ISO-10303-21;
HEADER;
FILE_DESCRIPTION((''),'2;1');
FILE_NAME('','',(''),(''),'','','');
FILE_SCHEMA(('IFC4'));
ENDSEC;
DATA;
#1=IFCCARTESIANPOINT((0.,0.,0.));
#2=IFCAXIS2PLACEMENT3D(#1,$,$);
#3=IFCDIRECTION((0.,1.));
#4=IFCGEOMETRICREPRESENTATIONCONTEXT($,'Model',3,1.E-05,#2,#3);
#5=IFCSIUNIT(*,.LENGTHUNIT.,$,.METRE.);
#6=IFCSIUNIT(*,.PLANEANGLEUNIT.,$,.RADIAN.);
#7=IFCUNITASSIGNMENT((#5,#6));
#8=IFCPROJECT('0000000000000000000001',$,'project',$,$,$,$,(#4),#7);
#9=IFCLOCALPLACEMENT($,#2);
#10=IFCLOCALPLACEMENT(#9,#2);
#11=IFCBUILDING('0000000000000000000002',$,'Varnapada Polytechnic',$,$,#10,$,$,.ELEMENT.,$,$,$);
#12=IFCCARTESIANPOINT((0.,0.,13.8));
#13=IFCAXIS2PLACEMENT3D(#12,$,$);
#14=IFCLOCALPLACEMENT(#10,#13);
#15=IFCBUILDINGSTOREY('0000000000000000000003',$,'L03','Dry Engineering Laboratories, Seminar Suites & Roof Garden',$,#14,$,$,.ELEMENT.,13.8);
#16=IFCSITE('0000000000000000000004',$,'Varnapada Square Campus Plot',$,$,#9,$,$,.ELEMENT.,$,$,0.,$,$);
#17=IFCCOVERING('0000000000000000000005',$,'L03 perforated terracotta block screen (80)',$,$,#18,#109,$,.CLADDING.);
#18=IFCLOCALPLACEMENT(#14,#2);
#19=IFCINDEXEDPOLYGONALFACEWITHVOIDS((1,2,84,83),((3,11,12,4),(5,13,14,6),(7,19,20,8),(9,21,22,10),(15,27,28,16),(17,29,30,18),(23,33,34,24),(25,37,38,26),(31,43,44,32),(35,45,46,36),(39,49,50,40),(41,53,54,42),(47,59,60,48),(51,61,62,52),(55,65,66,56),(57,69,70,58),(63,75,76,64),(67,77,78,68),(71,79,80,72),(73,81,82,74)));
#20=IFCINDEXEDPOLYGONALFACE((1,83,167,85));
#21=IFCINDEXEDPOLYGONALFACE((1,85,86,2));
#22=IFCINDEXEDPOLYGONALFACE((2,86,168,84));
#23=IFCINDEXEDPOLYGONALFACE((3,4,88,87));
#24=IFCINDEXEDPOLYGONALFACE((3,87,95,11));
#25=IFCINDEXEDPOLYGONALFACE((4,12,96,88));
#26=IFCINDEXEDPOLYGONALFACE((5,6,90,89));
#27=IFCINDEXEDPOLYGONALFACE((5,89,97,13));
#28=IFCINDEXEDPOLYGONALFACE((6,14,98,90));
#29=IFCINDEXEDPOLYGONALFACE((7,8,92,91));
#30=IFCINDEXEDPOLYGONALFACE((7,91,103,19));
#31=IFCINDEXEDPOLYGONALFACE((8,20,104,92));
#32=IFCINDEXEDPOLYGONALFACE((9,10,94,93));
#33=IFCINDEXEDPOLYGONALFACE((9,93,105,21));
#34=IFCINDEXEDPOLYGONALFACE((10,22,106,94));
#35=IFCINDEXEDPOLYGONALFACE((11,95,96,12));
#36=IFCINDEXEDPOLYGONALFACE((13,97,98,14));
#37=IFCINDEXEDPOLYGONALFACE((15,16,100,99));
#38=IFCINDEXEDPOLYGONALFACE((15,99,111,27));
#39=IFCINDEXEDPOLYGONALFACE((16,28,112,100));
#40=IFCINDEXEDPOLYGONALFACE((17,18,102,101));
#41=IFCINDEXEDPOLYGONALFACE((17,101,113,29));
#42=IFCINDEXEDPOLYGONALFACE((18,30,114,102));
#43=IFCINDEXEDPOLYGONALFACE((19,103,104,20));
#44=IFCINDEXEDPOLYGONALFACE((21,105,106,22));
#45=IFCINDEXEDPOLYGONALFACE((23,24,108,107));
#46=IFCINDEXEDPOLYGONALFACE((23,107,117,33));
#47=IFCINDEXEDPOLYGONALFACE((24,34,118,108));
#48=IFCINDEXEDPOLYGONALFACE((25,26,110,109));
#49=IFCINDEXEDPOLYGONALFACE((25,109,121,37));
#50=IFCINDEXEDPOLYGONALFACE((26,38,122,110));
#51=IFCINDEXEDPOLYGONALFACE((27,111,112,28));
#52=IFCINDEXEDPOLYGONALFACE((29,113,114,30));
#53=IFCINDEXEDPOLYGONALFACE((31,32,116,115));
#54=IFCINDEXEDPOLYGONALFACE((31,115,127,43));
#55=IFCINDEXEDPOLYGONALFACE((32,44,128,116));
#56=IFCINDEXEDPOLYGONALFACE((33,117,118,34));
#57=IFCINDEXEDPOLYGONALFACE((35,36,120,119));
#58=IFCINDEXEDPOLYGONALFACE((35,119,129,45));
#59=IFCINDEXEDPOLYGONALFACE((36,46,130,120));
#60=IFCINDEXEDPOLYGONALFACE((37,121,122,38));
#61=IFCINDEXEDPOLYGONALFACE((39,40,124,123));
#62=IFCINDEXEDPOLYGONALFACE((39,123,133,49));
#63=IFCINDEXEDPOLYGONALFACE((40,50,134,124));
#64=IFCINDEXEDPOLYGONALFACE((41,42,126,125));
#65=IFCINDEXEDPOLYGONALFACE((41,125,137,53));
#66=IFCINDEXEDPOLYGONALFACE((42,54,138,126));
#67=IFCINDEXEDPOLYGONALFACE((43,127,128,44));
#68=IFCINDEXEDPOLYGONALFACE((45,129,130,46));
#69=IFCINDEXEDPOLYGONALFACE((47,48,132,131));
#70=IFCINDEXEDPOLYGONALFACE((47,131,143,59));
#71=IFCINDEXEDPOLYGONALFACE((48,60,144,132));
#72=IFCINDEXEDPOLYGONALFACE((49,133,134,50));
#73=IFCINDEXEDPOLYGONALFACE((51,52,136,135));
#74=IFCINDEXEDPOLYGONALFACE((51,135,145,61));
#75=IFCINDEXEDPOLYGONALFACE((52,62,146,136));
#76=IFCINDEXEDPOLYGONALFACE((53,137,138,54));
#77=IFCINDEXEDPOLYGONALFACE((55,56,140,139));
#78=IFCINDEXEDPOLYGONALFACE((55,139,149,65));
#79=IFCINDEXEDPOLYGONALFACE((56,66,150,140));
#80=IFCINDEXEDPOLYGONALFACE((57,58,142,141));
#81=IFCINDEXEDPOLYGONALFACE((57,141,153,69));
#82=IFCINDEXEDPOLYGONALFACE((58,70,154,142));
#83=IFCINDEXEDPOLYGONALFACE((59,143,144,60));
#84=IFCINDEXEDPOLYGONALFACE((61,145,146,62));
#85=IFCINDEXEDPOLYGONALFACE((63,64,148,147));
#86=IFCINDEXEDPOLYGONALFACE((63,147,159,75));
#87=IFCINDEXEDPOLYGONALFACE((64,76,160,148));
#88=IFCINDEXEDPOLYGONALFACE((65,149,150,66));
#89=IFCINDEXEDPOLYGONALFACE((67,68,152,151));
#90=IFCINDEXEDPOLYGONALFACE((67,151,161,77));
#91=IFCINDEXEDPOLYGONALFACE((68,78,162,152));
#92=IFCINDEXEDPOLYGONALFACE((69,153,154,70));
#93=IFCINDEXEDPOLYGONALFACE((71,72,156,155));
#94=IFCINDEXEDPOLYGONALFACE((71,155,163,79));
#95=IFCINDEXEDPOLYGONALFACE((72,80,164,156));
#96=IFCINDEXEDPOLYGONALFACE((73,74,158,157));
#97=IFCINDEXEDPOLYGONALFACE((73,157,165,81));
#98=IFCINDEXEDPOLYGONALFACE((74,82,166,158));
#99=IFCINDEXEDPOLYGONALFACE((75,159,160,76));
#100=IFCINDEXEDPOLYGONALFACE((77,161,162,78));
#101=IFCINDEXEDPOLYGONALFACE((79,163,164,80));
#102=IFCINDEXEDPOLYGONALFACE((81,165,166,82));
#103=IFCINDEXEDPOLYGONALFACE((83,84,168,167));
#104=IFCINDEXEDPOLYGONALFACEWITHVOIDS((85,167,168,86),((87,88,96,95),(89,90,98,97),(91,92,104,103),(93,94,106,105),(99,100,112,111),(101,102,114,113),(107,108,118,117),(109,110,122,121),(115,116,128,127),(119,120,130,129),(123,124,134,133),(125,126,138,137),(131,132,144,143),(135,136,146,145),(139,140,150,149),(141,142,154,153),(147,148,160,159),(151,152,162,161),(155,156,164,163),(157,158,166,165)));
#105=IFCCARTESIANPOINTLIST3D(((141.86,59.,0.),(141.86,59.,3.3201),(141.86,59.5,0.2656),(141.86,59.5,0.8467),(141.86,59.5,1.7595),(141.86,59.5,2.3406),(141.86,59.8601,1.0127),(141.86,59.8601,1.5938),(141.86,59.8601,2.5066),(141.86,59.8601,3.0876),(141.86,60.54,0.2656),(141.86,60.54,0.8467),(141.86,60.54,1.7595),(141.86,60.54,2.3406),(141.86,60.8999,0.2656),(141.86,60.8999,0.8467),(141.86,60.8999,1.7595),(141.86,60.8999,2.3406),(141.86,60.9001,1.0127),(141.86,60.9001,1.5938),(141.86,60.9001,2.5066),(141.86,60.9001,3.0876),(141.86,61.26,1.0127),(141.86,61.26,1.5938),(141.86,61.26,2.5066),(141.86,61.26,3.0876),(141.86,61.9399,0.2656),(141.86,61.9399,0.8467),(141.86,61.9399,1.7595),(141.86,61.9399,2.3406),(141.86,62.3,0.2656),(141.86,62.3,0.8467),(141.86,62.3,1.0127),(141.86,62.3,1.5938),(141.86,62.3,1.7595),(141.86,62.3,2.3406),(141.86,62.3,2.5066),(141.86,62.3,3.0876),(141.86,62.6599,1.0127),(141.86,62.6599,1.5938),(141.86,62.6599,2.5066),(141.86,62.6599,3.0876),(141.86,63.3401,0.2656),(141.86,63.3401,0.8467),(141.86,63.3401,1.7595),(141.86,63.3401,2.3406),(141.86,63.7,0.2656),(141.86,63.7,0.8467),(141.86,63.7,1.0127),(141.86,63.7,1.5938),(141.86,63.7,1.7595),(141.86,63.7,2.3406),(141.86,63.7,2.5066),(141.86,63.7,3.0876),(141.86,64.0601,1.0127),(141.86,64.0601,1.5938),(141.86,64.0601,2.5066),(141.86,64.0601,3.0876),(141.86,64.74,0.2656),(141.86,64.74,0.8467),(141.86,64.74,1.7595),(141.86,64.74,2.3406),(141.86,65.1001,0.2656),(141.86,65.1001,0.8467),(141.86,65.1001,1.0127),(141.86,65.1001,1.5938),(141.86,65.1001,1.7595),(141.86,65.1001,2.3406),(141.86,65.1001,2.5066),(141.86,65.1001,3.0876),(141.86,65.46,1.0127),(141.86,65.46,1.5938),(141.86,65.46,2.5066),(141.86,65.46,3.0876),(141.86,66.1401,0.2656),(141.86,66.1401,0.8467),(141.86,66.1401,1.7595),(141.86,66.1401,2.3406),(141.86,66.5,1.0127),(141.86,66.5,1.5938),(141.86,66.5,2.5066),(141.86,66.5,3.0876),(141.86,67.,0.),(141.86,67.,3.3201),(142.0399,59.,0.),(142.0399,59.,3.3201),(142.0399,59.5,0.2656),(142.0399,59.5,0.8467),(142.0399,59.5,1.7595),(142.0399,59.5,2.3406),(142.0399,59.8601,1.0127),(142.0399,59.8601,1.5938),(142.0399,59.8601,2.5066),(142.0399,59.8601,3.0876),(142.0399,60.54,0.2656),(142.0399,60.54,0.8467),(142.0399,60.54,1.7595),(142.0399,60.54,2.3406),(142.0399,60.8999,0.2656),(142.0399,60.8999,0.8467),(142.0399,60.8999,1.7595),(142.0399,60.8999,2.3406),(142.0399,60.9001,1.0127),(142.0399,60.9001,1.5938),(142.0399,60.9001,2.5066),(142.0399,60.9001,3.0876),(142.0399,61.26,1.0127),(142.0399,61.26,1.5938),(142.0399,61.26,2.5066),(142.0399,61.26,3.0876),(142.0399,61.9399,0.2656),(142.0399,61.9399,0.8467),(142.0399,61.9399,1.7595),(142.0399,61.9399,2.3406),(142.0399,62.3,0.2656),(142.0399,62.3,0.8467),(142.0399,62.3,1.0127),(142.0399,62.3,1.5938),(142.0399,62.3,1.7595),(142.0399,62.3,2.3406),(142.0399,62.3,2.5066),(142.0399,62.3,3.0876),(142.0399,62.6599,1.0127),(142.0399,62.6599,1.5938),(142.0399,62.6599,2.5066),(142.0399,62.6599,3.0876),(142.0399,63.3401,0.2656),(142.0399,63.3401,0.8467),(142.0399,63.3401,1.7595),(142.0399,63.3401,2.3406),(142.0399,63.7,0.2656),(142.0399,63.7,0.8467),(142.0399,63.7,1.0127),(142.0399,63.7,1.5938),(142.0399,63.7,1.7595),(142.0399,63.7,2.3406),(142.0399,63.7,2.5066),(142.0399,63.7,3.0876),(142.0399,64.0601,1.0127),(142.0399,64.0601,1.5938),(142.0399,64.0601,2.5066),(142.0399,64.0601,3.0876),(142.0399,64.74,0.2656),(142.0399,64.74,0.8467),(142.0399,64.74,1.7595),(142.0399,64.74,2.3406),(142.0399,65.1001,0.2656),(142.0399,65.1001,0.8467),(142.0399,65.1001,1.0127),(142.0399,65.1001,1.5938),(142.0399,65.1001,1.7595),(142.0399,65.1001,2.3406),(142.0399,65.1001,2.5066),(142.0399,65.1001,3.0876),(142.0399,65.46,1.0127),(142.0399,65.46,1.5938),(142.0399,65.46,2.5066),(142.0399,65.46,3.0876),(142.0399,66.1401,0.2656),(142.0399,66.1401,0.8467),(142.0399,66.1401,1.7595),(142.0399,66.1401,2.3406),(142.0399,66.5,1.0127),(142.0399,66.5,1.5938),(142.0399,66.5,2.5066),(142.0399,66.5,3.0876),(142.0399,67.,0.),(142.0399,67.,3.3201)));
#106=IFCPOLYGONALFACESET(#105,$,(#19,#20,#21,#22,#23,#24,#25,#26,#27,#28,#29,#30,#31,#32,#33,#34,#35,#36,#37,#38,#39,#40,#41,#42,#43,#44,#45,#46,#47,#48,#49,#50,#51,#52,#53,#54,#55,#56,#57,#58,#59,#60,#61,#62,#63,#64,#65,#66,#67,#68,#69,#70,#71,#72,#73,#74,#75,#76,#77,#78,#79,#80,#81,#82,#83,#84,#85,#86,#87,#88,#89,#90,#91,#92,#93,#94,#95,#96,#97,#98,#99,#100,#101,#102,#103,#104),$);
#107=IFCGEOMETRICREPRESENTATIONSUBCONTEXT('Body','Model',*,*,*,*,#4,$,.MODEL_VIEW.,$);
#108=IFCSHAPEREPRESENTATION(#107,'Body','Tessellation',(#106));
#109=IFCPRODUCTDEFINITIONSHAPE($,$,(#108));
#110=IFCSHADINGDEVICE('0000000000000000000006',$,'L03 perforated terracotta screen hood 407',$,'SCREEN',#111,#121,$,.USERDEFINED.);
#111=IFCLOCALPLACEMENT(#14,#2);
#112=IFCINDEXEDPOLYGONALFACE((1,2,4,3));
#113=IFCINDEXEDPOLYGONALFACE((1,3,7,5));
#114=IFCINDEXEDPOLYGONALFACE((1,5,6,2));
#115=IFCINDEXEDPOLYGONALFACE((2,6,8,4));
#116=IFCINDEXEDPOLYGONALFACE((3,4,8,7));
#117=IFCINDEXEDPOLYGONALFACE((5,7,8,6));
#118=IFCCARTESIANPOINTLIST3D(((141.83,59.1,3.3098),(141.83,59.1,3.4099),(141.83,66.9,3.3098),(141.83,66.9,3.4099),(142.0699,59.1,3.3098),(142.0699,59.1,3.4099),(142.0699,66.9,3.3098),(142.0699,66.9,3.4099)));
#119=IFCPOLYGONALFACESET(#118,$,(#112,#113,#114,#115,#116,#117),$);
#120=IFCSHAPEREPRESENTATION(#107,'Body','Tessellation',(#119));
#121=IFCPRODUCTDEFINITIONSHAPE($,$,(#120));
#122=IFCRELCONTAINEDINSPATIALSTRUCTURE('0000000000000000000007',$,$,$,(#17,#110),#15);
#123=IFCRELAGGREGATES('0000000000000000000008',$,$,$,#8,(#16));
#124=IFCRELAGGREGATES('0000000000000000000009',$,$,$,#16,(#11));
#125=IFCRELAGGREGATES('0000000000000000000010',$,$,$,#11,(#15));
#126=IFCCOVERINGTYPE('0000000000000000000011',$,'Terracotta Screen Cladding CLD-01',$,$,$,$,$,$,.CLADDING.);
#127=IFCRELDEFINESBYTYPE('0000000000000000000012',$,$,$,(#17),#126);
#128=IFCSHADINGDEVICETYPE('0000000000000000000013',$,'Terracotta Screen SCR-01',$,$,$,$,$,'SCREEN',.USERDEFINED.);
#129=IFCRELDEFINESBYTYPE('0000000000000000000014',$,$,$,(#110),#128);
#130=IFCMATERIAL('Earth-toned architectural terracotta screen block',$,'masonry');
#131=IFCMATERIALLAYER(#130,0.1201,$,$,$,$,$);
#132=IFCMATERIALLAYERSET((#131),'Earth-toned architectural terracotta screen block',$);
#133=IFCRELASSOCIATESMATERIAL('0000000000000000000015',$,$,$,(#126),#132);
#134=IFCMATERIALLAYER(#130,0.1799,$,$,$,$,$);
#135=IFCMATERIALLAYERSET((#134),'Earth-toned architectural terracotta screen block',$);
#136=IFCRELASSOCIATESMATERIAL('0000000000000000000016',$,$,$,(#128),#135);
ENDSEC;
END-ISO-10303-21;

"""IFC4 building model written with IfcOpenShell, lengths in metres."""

from ifc_helpers import new_model, si_unit, direction, frame, frame_2d, origin, origin_2d, place, context, subcontext, project, spatial, rectangle, extrude, material, layer, layer_set, type_object, element, save


model = new_model("IFC4")

# Units and contexts
model_context = context("Model", 3, precision=1e-05, world=origin(), true_north=direction((0.0, 1.0)))
body_context = subcontext(model_context, "Body", "Model", "MODEL_VIEW")
ifc_project = project(units=[si_unit("LENGTHUNIT", "METRE"), si_unit("PLANEANGLEUNIT", "RADIAN")], contexts=[model_context])

# Site, building, storey
site_placement = place(None, origin())
site = spatial("IfcSite", under=ifc_project, at=site_placement, Name="Varnapada Square Campus Plot", CompositionType="ELEMENT", RefElevation=0.0)
building_placement = place(site_placement, origin())
building = spatial("IfcBuilding", under=site, at=building_placement, Name="Varnapada Polytechnic", CompositionType="ELEMENT")
storey_placement = place(building_placement, frame((0.0, 0.0, 13.8)))
storey = spatial("IfcBuildingStorey", under=building, at=storey_placement, Name="L03", Description="Dry Engineering Laboratories, Seminar Suites & Roof Garden", CompositionType="ELEMENT", Elevation=13.8)

# Covering, openings
ifc_material_1 = material(Name="Earth-toned architectural terracotta screen block", Category="masonry")
ifc_layer_1 = layer(ifc_material_1, 0.1201)
ifc_layer_set_1 = layer_set([ifc_layer_1], Name="Earth-toned architectural terracotta screen block")
covering_type_1 = type_object("IfcCoveringType", Name="Terracotta Screen Cladding CLD-01", PredefinedType="CLADDING", material=ifc_layer_set_1)
covering_1_placement = place(storey_placement, frame((141.95, 59.0, 0.0), z_axis=(0.0, 0.0, 1.0), x_axis=(0.0, 1.0, 0.0)))
covering_1 = element("IfcCovering", 1, at=covering_1_placement, inside=storey, type_object=covering_type_1, Name="L03 perforated terracotta block screen (80)", PredefinedType="CLADDING", context=body_context, shape_type="SweptSolid", body=[
    extrude(rectangle(XDim=8.0, YDim=0.1799, at=frame_2d((4.0, 0.0))), origin(), (0.0, 0.0, 1.0), 3.3201),
])
opening_1_placement = place(covering_1_placement, frame((0.5, 0.0, 0.2656)))
element("IfcOpeningElement", 2, at=opening_1_placement, cuts=covering_1, PredefinedType="OPENING", context=body_context, shape_type="SweptSolid", body=[
    extrude(rectangle(XDim=1.04, YDim=0.5811, at=frame_2d((0.52, 0.2905))), frame((0.0, 0.0999, 0.0), z_axis=(0.0, -1.0, 0.0), x_axis=(1.0, 0.0, 0.0)), (0.0, 0.0, 1.0), 0.2),
])
opening_2_placement = place(covering_1_placement, frame((1.8999, 0.0, 0.2656)))
element("IfcOpeningElement", 3, at=opening_2_placement, cuts=covering_1, PredefinedType="OPENING", context=body_context, shape_type="SweptSolid", body=[
    extrude(rectangle(XDim=1.04, YDim=0.5811, at=frame_2d((0.52, 0.2905))), frame((0.0, 0.0999, 0.0), z_axis=(0.0, -1.0, 0.0), x_axis=(1.0, 0.0, 0.0)), (0.0, 0.0, 1.0), 0.2),
])
opening_3_placement = place(covering_1_placement, frame((3.3, 0.0, 0.2656)))
element("IfcOpeningElement", 4, at=opening_3_placement, cuts=covering_1, PredefinedType="OPENING", context=body_context, shape_type="SweptSolid", body=[
    extrude(rectangle(XDim=1.04, YDim=0.5811, at=frame_2d((0.52, 0.2905))), frame((0.0, 0.0999, 0.0), z_axis=(0.0, -1.0, 0.0), x_axis=(1.0, 0.0, 0.0)), (0.0, 0.0, 1.0), 0.2),
])
opening_4_placement = place(covering_1_placement, frame((4.7, 0.0, 0.2656)))
element("IfcOpeningElement", 5, at=opening_4_placement, cuts=covering_1, PredefinedType="OPENING", context=body_context, shape_type="SweptSolid", body=[
    extrude(rectangle(XDim=1.04, YDim=0.5811, at=frame_2d((0.52, 0.2905))), frame((0.0, 0.0999, 0.0), z_axis=(0.0, -1.0, 0.0), x_axis=(1.0, 0.0, 0.0)), (0.0, 0.0, 1.0), 0.2),
])
opening_5_placement = place(covering_1_placement, frame((6.1001, 0.0, 0.2656)))
element("IfcOpeningElement", 6, at=opening_5_placement, cuts=covering_1, PredefinedType="OPENING", context=body_context, shape_type="SweptSolid", body=[
    extrude(rectangle(XDim=1.04, YDim=0.5811, at=frame_2d((0.52, 0.2905))), frame((0.0, 0.0999, 0.0), z_axis=(0.0, -1.0, 0.0), x_axis=(1.0, 0.0, 0.0)), (0.0, 0.0, 1.0), 0.2),
])
opening_6_placement = place(covering_1_placement, frame((0.8601, 0.0, 1.0127)))
element("IfcOpeningElement", 7, at=opening_6_placement, cuts=covering_1, PredefinedType="OPENING", context=body_context, shape_type="SweptSolid", body=[
    extrude(rectangle(XDim=1.04, YDim=0.5811, at=frame_2d((0.52, 0.2905))), frame((0.0, 0.0999, 0.0), z_axis=(0.0, -1.0, 0.0), x_axis=(1.0, 0.0, 0.0)), (0.0, 0.0, 1.0), 0.2),
])
opening_7_placement = place(covering_1_placement, frame((2.26, 0.0, 1.0127)))
element("IfcOpeningElement", 8, at=opening_7_placement, cuts=covering_1, PredefinedType="OPENING", context=body_context, shape_type="SweptSolid", body=[
    extrude(rectangle(XDim=1.04, YDim=0.5811, at=frame_2d((0.52, 0.2905))), frame((0.0, 0.0999, 0.0), z_axis=(0.0, -1.0, 0.0), x_axis=(1.0, 0.0, 0.0)), (0.0, 0.0, 1.0), 0.2),
])
opening_8_placement = place(covering_1_placement, frame((3.6599, 0.0, 1.0127)))
element("IfcOpeningElement", 9, at=opening_8_placement, cuts=covering_1, PredefinedType="OPENING", context=body_context, shape_type="SweptSolid", body=[
    extrude(rectangle(XDim=1.04, YDim=0.5811, at=frame_2d((0.52, 0.2905))), frame((0.0, 0.0999, 0.0), z_axis=(0.0, -1.0, 0.0), x_axis=(1.0, 0.0, 0.0)), (0.0, 0.0, 1.0), 0.2),
])
opening_9_placement = place(covering_1_placement, frame((5.0601, 0.0, 1.0127)))
element("IfcOpeningElement", 10, at=opening_9_placement, cuts=covering_1, PredefinedType="OPENING", context=body_context, shape_type="SweptSolid", body=[
    extrude(rectangle(XDim=1.04, YDim=0.5811, at=frame_2d((0.52, 0.2905))), frame((0.0, 0.0999, 0.0), z_axis=(0.0, -1.0, 0.0), x_axis=(1.0, 0.0, 0.0)), (0.0, 0.0, 1.0), 0.2),
])
opening_10_placement = place(covering_1_placement, frame((6.46, 0.0, 1.0127)))
element("IfcOpeningElement", 11, at=opening_10_placement, cuts=covering_1, PredefinedType="OPENING", context=body_context, shape_type="SweptSolid", body=[
    extrude(rectangle(XDim=1.04, YDim=0.5811, at=frame_2d((0.52, 0.2905))), frame((0.0, 0.0999, 0.0), z_axis=(0.0, -1.0, 0.0), x_axis=(1.0, 0.0, 0.0)), (0.0, 0.0, 1.0), 0.2),
])
opening_11_placement = place(covering_1_placement, frame((0.5, 0.0, 1.7595)))
element("IfcOpeningElement", 12, at=opening_11_placement, cuts=covering_1, PredefinedType="OPENING", context=body_context, shape_type="SweptSolid", body=[
    extrude(rectangle(XDim=1.04, YDim=0.5811, at=frame_2d((0.52, 0.2905))), frame((0.0, 0.0999, 0.0), z_axis=(0.0, -1.0, 0.0), x_axis=(1.0, 0.0, 0.0)), (0.0, 0.0, 1.0), 0.2),
])
opening_12_placement = place(covering_1_placement, frame((1.8999, 0.0, 1.7595)))
element("IfcOpeningElement", 13, at=opening_12_placement, cuts=covering_1, PredefinedType="OPENING", context=body_context, shape_type="SweptSolid", body=[
    extrude(rectangle(XDim=1.04, YDim=0.5811, at=frame_2d((0.52, 0.2905))), frame((0.0, 0.0999, 0.0), z_axis=(0.0, -1.0, 0.0), x_axis=(1.0, 0.0, 0.0)), (0.0, 0.0, 1.0), 0.2),
])
opening_13_placement = place(covering_1_placement, frame((3.3, 0.0, 1.7595)))
element("IfcOpeningElement", 14, at=opening_13_placement, cuts=covering_1, PredefinedType="OPENING", context=body_context, shape_type="SweptSolid", body=[
    extrude(rectangle(XDim=1.04, YDim=0.5811, at=frame_2d((0.52, 0.2905))), frame((0.0, 0.0999, 0.0), z_axis=(0.0, -1.0, 0.0), x_axis=(1.0, 0.0, 0.0)), (0.0, 0.0, 1.0), 0.2),
])
opening_14_placement = place(covering_1_placement, frame((4.7, 0.0, 1.7595)))
element("IfcOpeningElement", 15, at=opening_14_placement, cuts=covering_1, PredefinedType="OPENING", context=body_context, shape_type="SweptSolid", body=[
    extrude(rectangle(XDim=1.04, YDim=0.5811, at=frame_2d((0.52, 0.2905))), frame((0.0, 0.0999, 0.0), z_axis=(0.0, -1.0, 0.0), x_axis=(1.0, 0.0, 0.0)), (0.0, 0.0, 1.0), 0.2),
])
opening_15_placement = place(covering_1_placement, frame((6.1001, 0.0, 1.7595)))
element("IfcOpeningElement", 16, at=opening_15_placement, cuts=covering_1, PredefinedType="OPENING", context=body_context, shape_type="SweptSolid", body=[
    extrude(rectangle(XDim=1.04, YDim=0.5811, at=frame_2d((0.52, 0.2905))), frame((0.0, 0.0999, 0.0), z_axis=(0.0, -1.0, 0.0), x_axis=(1.0, 0.0, 0.0)), (0.0, 0.0, 1.0), 0.2),
])
opening_16_placement = place(covering_1_placement, frame((0.8601, 0.0, 2.5066)))
element("IfcOpeningElement", 17, at=opening_16_placement, cuts=covering_1, PredefinedType="OPENING", context=body_context, shape_type="SweptSolid", body=[
    extrude(rectangle(XDim=1.04, YDim=0.5811, at=frame_2d((0.52, 0.2905))), frame((0.0, 0.0999, 0.0), z_axis=(0.0, -1.0, 0.0), x_axis=(1.0, 0.0, 0.0)), (0.0, 0.0, 1.0), 0.2),
])
opening_17_placement = place(covering_1_placement, frame((2.26, 0.0, 2.5066)))
element("IfcOpeningElement", 18, at=opening_17_placement, cuts=covering_1, PredefinedType="OPENING", context=body_context, shape_type="SweptSolid", body=[
    extrude(rectangle(XDim=1.04, YDim=0.5811, at=frame_2d((0.52, 0.2905))), frame((0.0, 0.0999, 0.0), z_axis=(0.0, -1.0, 0.0), x_axis=(1.0, 0.0, 0.0)), (0.0, 0.0, 1.0), 0.2),
])
opening_18_placement = place(covering_1_placement, frame((3.6599, 0.0, 2.5066)))
element("IfcOpeningElement", 19, at=opening_18_placement, cuts=covering_1, PredefinedType="OPENING", context=body_context, shape_type="SweptSolid", body=[
    extrude(rectangle(XDim=1.04, YDim=0.5811, at=frame_2d((0.52, 0.2905))), frame((0.0, 0.0999, 0.0), z_axis=(0.0, -1.0, 0.0), x_axis=(1.0, 0.0, 0.0)), (0.0, 0.0, 1.0), 0.2),
])
opening_19_placement = place(covering_1_placement, frame((5.0601, 0.0, 2.5066)))
element("IfcOpeningElement", 20, at=opening_19_placement, cuts=covering_1, PredefinedType="OPENING", context=body_context, shape_type="SweptSolid", body=[
    extrude(rectangle(XDim=1.04, YDim=0.5811, at=frame_2d((0.52, 0.2905))), frame((0.0, 0.0999, 0.0), z_axis=(0.0, -1.0, 0.0), x_axis=(1.0, 0.0, 0.0)), (0.0, 0.0, 1.0), 0.2),
])
opening_20_placement = place(covering_1_placement, frame((6.46, 0.0, 2.5066)))
element("IfcOpeningElement", 21, at=opening_20_placement, cuts=covering_1, PredefinedType="OPENING", context=body_context, shape_type="SweptSolid", body=[
    extrude(rectangle(XDim=1.04, YDim=0.5811, at=frame_2d((0.52, 0.2905))), frame((0.0, 0.0999, 0.0), z_axis=(0.0, -1.0, 0.0), x_axis=(1.0, 0.0, 0.0)), (0.0, 0.0, 1.0), 0.2),
])

# Shading device
ifc_layer_2 = layer(ifc_material_1, 0.1799)
ifc_layer_set_2 = layer_set([ifc_layer_2], Name="Earth-toned architectural terracotta screen block")
shading_device_type = type_object("IfcShadingDeviceType", Name="Terracotta Screen SCR-01", ElementType="SCREEN", PredefinedType="USERDEFINED", material=ifc_layer_set_2)
shading_device_placement = place(storey_placement, frame((141.95, 63.0, 3.3098), z_axis=(0.0, 0.0, 1.0), x_axis=(0.0, 1.0, 0.0)))
element("IfcShadingDevice", 22, at=shading_device_placement, inside=storey, type_object=shading_device_type, Name="L03 perforated terracotta screen hood 407", ObjectType="SCREEN", PredefinedType="USERDEFINED", context=body_context, shape_type="SweptSolid", body=[
    extrude(rectangle(XDim=7.8, YDim=0.24, at=origin_2d()), origin(), (0.0, 0.0, 1.0), 0.1001),
])

save(model, "model.ifc")
